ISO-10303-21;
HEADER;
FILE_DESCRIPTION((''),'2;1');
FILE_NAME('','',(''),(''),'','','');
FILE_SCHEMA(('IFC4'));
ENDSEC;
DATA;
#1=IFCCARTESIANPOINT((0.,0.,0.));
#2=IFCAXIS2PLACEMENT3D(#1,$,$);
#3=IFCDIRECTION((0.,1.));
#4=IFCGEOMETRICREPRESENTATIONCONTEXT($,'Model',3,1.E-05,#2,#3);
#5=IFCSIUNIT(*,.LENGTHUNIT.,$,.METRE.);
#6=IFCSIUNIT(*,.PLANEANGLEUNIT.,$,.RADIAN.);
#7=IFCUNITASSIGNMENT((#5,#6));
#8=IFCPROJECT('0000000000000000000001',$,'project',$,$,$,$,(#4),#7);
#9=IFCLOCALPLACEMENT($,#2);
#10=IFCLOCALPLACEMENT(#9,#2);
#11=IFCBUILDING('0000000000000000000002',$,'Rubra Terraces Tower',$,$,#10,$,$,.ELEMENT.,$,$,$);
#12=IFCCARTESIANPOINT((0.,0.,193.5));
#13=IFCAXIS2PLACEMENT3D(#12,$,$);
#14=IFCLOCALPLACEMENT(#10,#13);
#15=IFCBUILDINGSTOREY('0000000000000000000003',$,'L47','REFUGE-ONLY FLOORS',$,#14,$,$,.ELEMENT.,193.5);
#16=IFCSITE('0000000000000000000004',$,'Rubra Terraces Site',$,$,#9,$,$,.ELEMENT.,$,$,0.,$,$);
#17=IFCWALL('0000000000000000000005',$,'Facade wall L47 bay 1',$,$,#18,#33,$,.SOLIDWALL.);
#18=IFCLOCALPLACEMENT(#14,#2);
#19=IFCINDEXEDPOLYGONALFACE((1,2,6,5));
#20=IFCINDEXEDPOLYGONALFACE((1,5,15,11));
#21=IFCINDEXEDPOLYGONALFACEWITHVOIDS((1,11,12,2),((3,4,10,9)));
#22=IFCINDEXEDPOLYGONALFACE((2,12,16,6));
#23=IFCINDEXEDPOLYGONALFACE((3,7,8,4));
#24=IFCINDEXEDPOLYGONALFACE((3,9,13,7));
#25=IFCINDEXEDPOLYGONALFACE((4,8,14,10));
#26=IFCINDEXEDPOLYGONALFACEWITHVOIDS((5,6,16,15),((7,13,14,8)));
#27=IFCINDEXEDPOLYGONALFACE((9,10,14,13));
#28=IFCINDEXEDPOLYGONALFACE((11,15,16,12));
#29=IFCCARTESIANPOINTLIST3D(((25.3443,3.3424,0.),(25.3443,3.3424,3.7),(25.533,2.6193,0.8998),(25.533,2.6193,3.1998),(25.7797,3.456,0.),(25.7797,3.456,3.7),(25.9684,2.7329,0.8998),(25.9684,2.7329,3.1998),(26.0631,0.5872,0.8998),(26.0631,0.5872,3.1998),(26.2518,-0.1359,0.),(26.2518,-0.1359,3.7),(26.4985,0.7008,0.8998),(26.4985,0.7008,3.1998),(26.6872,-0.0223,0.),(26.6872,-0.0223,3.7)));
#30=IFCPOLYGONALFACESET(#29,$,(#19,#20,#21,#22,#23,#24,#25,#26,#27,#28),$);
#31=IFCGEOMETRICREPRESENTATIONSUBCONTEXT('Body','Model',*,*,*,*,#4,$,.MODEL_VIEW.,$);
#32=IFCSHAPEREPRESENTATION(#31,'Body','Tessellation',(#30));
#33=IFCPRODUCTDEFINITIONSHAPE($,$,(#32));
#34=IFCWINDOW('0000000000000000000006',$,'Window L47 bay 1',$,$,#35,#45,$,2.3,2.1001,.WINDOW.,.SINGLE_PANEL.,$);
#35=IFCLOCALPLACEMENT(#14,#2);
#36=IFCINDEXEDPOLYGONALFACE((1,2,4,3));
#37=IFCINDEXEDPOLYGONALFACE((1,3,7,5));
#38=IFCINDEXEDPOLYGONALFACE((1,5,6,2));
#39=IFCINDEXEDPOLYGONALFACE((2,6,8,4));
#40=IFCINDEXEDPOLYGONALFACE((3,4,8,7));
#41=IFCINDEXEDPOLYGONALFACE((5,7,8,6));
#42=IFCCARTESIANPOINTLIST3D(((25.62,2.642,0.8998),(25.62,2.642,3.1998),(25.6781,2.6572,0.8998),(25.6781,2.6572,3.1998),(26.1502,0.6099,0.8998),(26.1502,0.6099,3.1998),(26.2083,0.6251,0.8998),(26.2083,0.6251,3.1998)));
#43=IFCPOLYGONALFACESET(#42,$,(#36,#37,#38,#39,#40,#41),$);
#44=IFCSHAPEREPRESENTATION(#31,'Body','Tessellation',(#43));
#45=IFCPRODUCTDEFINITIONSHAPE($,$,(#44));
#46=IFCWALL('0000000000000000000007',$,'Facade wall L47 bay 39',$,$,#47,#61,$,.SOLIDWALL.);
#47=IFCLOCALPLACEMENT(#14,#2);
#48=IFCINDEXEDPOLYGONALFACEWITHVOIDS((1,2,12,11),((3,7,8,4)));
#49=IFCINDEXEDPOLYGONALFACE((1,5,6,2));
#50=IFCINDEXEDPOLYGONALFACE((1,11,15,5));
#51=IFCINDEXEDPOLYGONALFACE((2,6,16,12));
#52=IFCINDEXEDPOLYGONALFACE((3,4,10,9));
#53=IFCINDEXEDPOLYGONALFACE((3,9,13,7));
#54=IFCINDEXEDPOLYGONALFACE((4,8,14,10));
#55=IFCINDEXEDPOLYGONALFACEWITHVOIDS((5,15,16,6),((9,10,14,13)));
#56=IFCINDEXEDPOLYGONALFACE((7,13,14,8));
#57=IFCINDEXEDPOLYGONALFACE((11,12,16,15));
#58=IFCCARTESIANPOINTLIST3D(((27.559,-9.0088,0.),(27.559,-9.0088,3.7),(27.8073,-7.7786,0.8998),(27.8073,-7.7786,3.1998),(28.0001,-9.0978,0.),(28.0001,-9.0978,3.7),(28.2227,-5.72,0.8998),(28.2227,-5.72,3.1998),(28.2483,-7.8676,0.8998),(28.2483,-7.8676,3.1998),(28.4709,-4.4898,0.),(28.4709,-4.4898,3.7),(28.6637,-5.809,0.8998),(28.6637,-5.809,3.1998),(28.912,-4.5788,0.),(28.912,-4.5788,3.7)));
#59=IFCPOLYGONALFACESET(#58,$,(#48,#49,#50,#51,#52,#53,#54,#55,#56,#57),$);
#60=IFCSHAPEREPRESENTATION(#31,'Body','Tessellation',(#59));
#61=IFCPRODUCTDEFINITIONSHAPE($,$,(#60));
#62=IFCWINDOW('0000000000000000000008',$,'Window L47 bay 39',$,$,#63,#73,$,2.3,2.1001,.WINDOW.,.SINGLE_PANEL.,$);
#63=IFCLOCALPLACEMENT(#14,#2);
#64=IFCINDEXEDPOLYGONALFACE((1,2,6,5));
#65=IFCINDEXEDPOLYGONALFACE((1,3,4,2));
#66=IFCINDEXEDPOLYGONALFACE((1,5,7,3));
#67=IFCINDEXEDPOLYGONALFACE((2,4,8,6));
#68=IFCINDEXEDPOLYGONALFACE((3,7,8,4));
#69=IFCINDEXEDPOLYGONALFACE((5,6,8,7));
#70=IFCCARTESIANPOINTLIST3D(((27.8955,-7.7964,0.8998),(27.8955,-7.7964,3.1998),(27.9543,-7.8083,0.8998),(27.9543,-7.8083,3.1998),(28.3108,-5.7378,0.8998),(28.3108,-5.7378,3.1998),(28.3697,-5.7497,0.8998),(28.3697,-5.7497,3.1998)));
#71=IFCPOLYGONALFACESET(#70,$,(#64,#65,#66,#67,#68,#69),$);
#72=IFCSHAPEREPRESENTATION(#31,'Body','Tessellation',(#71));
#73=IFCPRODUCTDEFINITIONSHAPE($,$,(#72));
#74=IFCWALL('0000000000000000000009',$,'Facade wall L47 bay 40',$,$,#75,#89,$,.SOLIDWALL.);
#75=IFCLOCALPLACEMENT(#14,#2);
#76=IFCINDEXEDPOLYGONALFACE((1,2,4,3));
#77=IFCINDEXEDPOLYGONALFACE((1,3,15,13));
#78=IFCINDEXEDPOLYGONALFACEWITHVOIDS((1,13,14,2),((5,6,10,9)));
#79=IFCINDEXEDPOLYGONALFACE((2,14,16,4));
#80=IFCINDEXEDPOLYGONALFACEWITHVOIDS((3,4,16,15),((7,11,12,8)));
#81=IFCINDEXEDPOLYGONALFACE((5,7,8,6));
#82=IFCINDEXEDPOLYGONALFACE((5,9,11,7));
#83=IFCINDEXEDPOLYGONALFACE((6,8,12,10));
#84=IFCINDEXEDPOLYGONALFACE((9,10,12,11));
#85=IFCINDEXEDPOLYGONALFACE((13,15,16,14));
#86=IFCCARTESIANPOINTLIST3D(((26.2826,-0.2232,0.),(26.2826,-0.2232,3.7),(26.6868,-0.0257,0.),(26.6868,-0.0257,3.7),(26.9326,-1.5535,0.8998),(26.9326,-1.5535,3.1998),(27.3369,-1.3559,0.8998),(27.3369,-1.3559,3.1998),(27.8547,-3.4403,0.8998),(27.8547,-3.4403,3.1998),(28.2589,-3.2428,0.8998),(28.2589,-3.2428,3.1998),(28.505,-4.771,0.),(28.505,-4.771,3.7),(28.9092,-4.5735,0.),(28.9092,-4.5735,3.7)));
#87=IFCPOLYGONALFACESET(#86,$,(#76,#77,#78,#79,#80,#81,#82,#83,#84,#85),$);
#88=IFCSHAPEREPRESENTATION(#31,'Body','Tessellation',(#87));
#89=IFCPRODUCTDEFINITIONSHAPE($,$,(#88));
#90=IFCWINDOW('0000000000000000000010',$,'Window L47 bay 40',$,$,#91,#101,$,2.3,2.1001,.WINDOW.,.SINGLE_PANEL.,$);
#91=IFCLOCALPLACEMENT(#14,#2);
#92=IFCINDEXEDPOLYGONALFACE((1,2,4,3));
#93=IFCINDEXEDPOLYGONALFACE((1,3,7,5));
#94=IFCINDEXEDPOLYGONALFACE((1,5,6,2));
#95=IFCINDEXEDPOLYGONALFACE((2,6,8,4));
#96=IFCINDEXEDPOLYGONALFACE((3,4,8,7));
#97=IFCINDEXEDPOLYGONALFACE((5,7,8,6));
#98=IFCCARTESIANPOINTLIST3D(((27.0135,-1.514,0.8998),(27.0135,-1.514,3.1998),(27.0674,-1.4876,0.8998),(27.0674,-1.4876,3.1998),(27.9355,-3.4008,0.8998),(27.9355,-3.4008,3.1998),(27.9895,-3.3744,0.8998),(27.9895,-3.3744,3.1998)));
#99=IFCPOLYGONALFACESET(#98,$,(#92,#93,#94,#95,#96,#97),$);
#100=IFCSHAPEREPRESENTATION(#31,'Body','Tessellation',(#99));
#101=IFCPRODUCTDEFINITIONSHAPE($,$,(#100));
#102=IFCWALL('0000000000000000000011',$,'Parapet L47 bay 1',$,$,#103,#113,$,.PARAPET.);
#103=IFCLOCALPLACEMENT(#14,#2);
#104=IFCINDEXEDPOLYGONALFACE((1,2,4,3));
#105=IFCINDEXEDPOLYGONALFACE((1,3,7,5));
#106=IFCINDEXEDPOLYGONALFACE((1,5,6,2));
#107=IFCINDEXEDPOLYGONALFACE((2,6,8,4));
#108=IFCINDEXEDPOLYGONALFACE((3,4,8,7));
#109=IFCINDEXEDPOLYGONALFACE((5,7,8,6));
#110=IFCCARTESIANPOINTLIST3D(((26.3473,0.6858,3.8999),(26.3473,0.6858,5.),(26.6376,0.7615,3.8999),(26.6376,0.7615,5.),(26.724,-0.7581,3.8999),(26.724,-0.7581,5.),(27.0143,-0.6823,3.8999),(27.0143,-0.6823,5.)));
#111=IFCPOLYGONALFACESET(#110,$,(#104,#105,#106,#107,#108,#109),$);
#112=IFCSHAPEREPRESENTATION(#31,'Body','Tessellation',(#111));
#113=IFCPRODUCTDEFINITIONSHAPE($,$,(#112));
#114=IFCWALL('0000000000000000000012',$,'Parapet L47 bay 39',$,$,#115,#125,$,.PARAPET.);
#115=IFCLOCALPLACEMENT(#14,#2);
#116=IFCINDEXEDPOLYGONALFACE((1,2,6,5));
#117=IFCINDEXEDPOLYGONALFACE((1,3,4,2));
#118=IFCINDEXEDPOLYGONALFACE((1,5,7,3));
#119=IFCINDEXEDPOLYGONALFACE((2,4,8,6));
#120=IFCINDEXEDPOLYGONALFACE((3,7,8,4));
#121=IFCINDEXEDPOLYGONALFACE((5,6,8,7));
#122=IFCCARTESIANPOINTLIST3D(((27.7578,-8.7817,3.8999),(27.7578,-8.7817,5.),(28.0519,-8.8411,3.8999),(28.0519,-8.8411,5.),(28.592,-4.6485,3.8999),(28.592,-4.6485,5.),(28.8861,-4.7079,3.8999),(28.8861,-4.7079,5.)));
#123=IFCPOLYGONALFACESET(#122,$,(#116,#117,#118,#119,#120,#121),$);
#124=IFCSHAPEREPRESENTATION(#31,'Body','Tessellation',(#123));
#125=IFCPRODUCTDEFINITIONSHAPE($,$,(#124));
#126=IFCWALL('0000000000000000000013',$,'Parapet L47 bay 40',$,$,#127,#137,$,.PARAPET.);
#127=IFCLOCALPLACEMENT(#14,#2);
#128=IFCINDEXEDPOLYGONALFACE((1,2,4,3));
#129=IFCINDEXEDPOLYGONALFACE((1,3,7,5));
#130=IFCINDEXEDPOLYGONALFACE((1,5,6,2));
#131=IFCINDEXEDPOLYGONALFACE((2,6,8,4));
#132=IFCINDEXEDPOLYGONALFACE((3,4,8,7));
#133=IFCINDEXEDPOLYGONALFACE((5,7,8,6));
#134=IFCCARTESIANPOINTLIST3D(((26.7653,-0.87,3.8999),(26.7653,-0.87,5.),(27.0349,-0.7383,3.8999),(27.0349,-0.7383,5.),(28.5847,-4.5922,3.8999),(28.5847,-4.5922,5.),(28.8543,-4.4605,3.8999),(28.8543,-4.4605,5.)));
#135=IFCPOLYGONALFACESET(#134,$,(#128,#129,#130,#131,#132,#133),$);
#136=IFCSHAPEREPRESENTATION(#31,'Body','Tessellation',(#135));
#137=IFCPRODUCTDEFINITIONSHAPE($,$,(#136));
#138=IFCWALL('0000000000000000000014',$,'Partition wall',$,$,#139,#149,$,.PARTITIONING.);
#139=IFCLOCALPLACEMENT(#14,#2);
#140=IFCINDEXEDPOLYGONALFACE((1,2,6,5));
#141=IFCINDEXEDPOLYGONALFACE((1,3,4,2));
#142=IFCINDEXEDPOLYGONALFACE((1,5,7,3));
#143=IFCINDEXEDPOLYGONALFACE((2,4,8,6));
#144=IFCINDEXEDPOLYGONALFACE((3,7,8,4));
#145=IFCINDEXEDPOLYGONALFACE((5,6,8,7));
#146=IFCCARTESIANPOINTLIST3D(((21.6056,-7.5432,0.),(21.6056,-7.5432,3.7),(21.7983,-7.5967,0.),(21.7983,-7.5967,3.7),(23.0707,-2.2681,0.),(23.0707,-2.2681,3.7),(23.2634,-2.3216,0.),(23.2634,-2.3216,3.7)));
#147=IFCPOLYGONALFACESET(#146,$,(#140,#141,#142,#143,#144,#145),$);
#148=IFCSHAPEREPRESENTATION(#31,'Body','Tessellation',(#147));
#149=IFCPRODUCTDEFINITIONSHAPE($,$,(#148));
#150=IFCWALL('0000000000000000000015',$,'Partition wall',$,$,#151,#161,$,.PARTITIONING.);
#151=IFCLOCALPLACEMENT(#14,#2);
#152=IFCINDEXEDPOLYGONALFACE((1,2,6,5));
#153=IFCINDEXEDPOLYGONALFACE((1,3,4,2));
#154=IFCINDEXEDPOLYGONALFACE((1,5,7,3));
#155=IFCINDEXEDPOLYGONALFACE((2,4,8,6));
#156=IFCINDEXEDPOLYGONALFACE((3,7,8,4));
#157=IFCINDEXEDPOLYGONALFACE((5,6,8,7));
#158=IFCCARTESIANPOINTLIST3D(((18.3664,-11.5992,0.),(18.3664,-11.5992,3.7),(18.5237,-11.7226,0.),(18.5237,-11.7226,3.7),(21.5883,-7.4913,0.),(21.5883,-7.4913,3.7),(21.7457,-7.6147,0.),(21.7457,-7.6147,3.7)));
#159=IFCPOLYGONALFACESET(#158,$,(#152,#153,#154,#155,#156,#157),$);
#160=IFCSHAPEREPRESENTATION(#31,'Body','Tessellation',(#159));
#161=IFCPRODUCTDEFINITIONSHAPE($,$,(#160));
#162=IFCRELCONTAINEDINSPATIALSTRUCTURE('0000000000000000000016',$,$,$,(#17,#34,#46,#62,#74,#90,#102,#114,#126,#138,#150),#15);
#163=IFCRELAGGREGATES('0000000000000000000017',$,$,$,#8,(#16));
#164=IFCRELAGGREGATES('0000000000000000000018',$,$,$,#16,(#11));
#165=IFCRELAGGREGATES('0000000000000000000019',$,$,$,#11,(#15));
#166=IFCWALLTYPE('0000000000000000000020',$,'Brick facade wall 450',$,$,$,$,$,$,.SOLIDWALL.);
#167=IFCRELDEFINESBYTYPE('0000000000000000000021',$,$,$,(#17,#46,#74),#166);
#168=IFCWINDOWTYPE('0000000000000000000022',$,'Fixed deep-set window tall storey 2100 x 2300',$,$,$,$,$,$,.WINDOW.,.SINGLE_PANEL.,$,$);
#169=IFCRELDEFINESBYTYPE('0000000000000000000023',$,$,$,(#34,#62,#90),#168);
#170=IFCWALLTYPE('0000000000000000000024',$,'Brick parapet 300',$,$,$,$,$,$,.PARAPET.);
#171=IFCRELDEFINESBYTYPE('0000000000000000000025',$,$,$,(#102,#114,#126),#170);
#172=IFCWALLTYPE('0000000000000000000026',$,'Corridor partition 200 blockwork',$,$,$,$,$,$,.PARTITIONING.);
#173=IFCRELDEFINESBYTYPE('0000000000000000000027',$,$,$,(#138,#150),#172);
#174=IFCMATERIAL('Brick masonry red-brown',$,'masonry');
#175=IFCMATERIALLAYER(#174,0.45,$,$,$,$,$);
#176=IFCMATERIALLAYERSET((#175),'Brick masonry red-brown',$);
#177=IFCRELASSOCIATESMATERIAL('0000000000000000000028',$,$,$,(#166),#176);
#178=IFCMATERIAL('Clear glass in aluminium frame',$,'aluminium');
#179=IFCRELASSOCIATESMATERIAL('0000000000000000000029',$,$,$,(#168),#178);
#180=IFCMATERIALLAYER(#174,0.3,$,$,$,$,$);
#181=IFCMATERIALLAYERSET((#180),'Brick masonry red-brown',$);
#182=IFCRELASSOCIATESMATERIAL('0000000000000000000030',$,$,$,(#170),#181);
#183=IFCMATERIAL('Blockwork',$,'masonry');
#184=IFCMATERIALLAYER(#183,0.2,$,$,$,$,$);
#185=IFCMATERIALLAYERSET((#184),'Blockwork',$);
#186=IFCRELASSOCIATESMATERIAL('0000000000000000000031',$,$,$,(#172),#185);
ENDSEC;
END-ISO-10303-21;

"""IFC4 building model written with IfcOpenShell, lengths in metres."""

from ifc_helpers import new_model, si_unit, direction, frame, frame_2d, origin, place, context, subcontext, project, spatial, rectangle, extrude, material, layer, layer_set, type_object, element, fill, save


model = new_model("IFC4")

# Units and contexts
model_context = context("Model", 3, precision=1e-05, world=origin(), true_north=direction((0.0, 1.0)))
body_context = subcontext(model_context, "Body", "Model", "MODEL_VIEW")
ifc_project = project(units=[si_unit("LENGTHUNIT", "METRE"), si_unit("PLANEANGLEUNIT", "RADIAN")], contexts=[model_context])

# Site, building, storey
site_placement = place(None, origin())
site = spatial("IfcSite", under=ifc_project, at=site_placement, Name="Rubra Terraces Site", CompositionType="ELEMENT", RefElevation=0.0)
building_placement = place(site_placement, origin())
building = spatial("IfcBuilding", under=site, at=building_placement, Name="Rubra Terraces Tower", CompositionType="ELEMENT")
storey_placement = place(building_placement, frame((0.0, 0.0, 193.5)))
storey = spatial("IfcBuildingStorey", under=building, at=storey_placement, Name="L47", Description="REFUGE-ONLY FLOORS", CompositionType="ELEMENT", Elevation=193.5)

# Walls, openings, windows
ifc_material_1 = material(Name="Brick masonry red-brown", Category="masonry")
ifc_layer_1 = layer(ifc_material_1, 0.45)
ifc_layer_set_1 = layer_set([ifc_layer_1], Name="Brick masonry red-brown")
wall_type_1 = type_object("IfcWallType", Name="Brick facade wall 450", PredefinedType="SOLIDWALL", material=ifc_layer_set_1)
wall_1_placement = place(storey_placement, frame((26.4695, -0.0791, 0.0), z_axis=(0.0, 0.0, 1.0), x_axis=(-0.252447, 0.967611, 0.0)))
wall_1 = element("IfcWall", 1, at=wall_1_placement, inside=storey, type_object=wall_type_1, Name="Facade wall L47 bay 1", PredefinedType="SOLIDWALL", context=body_context, shape_type="SweptSolid", body=[
    extrude(rectangle(XDim=3.5947, YDim=0.45, at=frame_2d((1.7974, 0.0))), origin(), (0.0, 0.0, 1.0), 3.7),
])
opening_1_placement = place(wall_1_placement, frame((0.7473, 0.0, 0.8999)))
opening_1 = element("IfcOpeningElement", 2, at=opening_1_placement, cuts=wall_1, PredefinedType="OPENING", context=body_context, shape_type="SweptSolid", body=[
    extrude(rectangle(XDim=2.1001, YDim=2.3, at=frame_2d((1.05, 1.1499))), frame((0.0, 0.2349, 0.0), z_axis=(0.0, -1.0, 0.0), x_axis=(1.0, 0.0, 0.0)), (0.0, 0.0, 1.0), 0.47),
])
ifc_material_2 = material(Name="Clear glass in aluminium frame", Category="aluminium")
window_type = type_object("IfcWindowType", Name="Fixed deep-set window tall storey 2100 x 2300", PartitioningType="SINGLE_PANEL", PredefinedType="WINDOW", material=ifc_material_2)
window_1_placement = place(opening_1_placement, origin())
window_1 = element("IfcWindow", 3, at=window_1_placement, inside=storey, type_object=window_type, Name="Window L47 bay 1", OverallHeight=2.3, OverallWidth=2.1001, PartitioningType="SINGLE_PANEL", PredefinedType="WINDOW", context=body_context, shape_type="SweptSolid", body=[
    extrude(rectangle(XDim=2.1001, YDim=2.3, at=frame_2d((1.05, 1.1499))), frame((0.0, 0.135, 0.0), z_axis=(0.0, -1.0, 0.0), x_axis=(1.0, 0.0, 0.0)), (0.0, 0.0, 1.0), 0.0601),
])
fill(opening_1, window_1)
wall_2_placement = place(storey_placement, frame((27.7795, -9.0535, 0.0), z_axis=(0.0, 0.0, 1.0), x_axis=(0.197796, 0.980243, 0.0)))
wall_2 = element("IfcWall", 4, at=wall_2_placement, inside=storey, type_object=wall_type_1, Name="Facade wall L47 bay 39", PredefinedType="SOLIDWALL", context=body_context, shape_type="SweptSolid", body=[
    extrude(rectangle(XDim=4.6101, YDim=0.45, at=frame_2d((2.3052, 0.0))), origin(), (0.0, 0.0, 1.0), 3.7),
])
opening_2_placement = place(wall_2_placement, frame((1.2551, 0.0, 0.8999)))
opening_2 = element("IfcOpeningElement", 5, at=opening_2_placement, cuts=wall_2, PredefinedType="OPENING", context=body_context, shape_type="SweptSolid", body=[
    extrude(rectangle(XDim=2.1001, YDim=2.3, at=frame_2d((1.05, 1.1499))), frame((0.0, 0.2349, 0.0), z_axis=(0.0, -1.0, 0.0), x_axis=(1.0, 0.0, 0.0)), (0.0, 0.0, 1.0), 0.47),
])
window_2_placement = place(opening_2_placement, origin())
window_2 = element("IfcWindow", 6, at=window_2_placement, inside=storey, type_object=window_type, Name="Window L47 bay 39", OverallHeight=2.3, OverallWidth=2.1001, PartitioningType="SINGLE_PANEL", PredefinedType="WINDOW", context=body_context, shape_type="SweptSolid", body=[
    extrude(rectangle(XDim=2.1001, YDim=2.3, at=frame_2d((1.05, 1.1499))), frame((0.0, 0.135, 0.0), z_axis=(0.0, -1.0, 0.0), x_axis=(1.0, 0.0, 0.0)), (0.0, 0.0, 1.0), 0.0601),
])
fill(opening_2, window_2)
wall_3_placement = place(storey_placement, frame((28.707, -4.6721, 0.0), z_axis=(0.0, 0.0, 1.0), x_axis=(-0.439054, 0.898461, 0.0)))
wall_3 = element("IfcWall", 7, at=wall_3_placement, inside=storey, type_object=wall_type_1, Name="Facade wall L47 bay 40", PredefinedType="SOLIDWALL", context=body_context, shape_type="SweptSolid", body=[
    extrude(rectangle(XDim=5.0618, YDim=0.45, at=frame_2d((2.5308, 0.0))), origin(), (0.0, 0.0, 1.0), 3.7),
])
opening_3_placement = place(wall_3_placement, frame((1.481, 0.0, 0.8999)))
opening_3 = element("IfcOpeningElement", 8, at=opening_3_placement, cuts=wall_3, PredefinedType="OPENING", context=body_context, shape_type="SweptSolid", body=[
    extrude(rectangle(XDim=2.1001, YDim=2.3, at=frame_2d((1.05, 1.1499))), frame((0.0, 0.2349, 0.0), z_axis=(0.0, -1.0, 0.0), x_axis=(1.0, 0.0, 0.0)), (0.0, 0.0, 1.0), 0.47),
])
window_3_placement = place(opening_3_placement, origin())
window_3 = element("IfcWindow", 9, at=window_3_placement, inside=storey, type_object=window_type, Name="Window L47 bay 40", OverallHeight=2.3, OverallWidth=2.1001, PartitioningType="SINGLE_PANEL", PredefinedType="WINDOW", context=body_context, shape_type="SweptSolid", body=[
    extrude(rectangle(XDim=2.1001, YDim=2.3, at=frame_2d((1.05, 1.1499))), frame((0.0, 0.135, 0.0), z_axis=(0.0, -1.0, 0.0), x_axis=(1.0, 0.0, 0.0)), (0.0, 0.0, 1.0), 0.0601),
])
fill(opening_3, window_3)

# Walls
ifc_layer_2 = layer(ifc_material_1, 0.3)
ifc_layer_set_2 = layer_set([ifc_layer_2], Name="Brick masonry red-brown")
wall_type_2 = type_object("IfcWallType", Name="Brick parapet 300", PredefinedType="PARAPET", material=ifc_layer_set_2)
wall_4_placement = place(storey_placement, frame((26.8691, -0.7202, 3.8999), z_axis=(0.0, 0.0, 1.0), x_axis=(-0.252455, 0.967609, 0.0)))
element("IfcWall", 10, at=wall_4_placement, inside=storey, type_object=wall_type_2, Name="Parapet L47 bay 1", PredefinedType="PARAPET", context=body_context, shape_type="SweptSolid", body=[
    extrude(rectangle(XDim=1.4922, YDim=0.3, at=frame_2d((0.7461, 0.0))), origin(), (0.0, 0.0, 1.0), 1.1001),
])
wall_5_placement = place(storey_placement, frame((27.9048, -8.8115, 3.8999), z_axis=(0.0, 0.0, 1.0), x_axis=(0.197842, 0.980234, 0.0)))
element("IfcWall", 11, at=wall_5_placement, inside=storey, type_object=wall_type_2, Name="Parapet L47 bay 39", PredefinedType="PARAPET", context=body_context, shape_type="SweptSolid", body=[
    extrude(rectangle(XDim=4.2166, YDim=0.3, at=frame_2d((2.1084, 0.0))), origin(), (0.0, 0.0, 1.0), 1.1001),
])
wall_6_placement = place(storey_placement, frame((28.7195, -4.5264, 3.8999), z_axis=(0.0, 0.0, 1.0), x_axis=(-0.439134, 0.898422, 0.0)))
element("IfcWall", 12, at=wall_6_placement, inside=storey, type_object=wall_type_2, Name="Parapet L47 bay 40", PredefinedType="PARAPET", context=body_context, shape_type="SweptSolid", body=[
    extrude(rectangle(XDim=4.1431, YDim=0.3, at=frame_2d((2.0715, 0.0))), origin(), (0.0, 0.0, 1.0), 1.1001),
])
ifc_material_3 = material(Name="Blockwork", Category="masonry")
ifc_layer_3 = layer(ifc_material_3, 0.2)
ifc_layer_set_3 = layer_set([ifc_layer_3], Name="Blockwork")
wall_type_3 = type_object("IfcWallType", Name="Corridor partition 200 blockwork", PredefinedType="PARTITIONING", material=ifc_layer_set_3)
wall_7_placement = place(storey_placement, frame((23.167, -2.2949, 0.0), z_axis=(0.0, 0.0, 1.0), x_axis=(-0.267605, -0.963529, 0.0)))
element("IfcWall", 13, at=wall_7_placement, inside=storey, type_object=wall_type_3, Name="Partition wall", PredefinedType="PARTITIONING", context=body_context, shape_type="SweptSolid", body=[
    extrude(rectangle(XDim=5.4749, YDim=0.2, at=frame_2d((2.7373, 0.0))), origin(), (0.0, 0.0, 1.0), 3.7),
])
wall_8_placement = place(storey_placement, frame((21.667, -7.553, 0.0), z_axis=(0.0, 0.0, 1.0), x_axis=(-0.617144, -0.78685, 0.0)))
element("IfcWall", 14, at=wall_8_placement, inside=storey, type_object=wall_type_3, Name="Partition wall", PredefinedType="PARTITIONING", context=body_context, shape_type="SweptSolid", body=[
    extrude(rectangle(XDim=5.2207, YDim=0.2, at=frame_2d((2.6104, 0.0))), origin(), (0.0, 0.0, 1.0), 3.7),
])

save(model, "model.ifc")
